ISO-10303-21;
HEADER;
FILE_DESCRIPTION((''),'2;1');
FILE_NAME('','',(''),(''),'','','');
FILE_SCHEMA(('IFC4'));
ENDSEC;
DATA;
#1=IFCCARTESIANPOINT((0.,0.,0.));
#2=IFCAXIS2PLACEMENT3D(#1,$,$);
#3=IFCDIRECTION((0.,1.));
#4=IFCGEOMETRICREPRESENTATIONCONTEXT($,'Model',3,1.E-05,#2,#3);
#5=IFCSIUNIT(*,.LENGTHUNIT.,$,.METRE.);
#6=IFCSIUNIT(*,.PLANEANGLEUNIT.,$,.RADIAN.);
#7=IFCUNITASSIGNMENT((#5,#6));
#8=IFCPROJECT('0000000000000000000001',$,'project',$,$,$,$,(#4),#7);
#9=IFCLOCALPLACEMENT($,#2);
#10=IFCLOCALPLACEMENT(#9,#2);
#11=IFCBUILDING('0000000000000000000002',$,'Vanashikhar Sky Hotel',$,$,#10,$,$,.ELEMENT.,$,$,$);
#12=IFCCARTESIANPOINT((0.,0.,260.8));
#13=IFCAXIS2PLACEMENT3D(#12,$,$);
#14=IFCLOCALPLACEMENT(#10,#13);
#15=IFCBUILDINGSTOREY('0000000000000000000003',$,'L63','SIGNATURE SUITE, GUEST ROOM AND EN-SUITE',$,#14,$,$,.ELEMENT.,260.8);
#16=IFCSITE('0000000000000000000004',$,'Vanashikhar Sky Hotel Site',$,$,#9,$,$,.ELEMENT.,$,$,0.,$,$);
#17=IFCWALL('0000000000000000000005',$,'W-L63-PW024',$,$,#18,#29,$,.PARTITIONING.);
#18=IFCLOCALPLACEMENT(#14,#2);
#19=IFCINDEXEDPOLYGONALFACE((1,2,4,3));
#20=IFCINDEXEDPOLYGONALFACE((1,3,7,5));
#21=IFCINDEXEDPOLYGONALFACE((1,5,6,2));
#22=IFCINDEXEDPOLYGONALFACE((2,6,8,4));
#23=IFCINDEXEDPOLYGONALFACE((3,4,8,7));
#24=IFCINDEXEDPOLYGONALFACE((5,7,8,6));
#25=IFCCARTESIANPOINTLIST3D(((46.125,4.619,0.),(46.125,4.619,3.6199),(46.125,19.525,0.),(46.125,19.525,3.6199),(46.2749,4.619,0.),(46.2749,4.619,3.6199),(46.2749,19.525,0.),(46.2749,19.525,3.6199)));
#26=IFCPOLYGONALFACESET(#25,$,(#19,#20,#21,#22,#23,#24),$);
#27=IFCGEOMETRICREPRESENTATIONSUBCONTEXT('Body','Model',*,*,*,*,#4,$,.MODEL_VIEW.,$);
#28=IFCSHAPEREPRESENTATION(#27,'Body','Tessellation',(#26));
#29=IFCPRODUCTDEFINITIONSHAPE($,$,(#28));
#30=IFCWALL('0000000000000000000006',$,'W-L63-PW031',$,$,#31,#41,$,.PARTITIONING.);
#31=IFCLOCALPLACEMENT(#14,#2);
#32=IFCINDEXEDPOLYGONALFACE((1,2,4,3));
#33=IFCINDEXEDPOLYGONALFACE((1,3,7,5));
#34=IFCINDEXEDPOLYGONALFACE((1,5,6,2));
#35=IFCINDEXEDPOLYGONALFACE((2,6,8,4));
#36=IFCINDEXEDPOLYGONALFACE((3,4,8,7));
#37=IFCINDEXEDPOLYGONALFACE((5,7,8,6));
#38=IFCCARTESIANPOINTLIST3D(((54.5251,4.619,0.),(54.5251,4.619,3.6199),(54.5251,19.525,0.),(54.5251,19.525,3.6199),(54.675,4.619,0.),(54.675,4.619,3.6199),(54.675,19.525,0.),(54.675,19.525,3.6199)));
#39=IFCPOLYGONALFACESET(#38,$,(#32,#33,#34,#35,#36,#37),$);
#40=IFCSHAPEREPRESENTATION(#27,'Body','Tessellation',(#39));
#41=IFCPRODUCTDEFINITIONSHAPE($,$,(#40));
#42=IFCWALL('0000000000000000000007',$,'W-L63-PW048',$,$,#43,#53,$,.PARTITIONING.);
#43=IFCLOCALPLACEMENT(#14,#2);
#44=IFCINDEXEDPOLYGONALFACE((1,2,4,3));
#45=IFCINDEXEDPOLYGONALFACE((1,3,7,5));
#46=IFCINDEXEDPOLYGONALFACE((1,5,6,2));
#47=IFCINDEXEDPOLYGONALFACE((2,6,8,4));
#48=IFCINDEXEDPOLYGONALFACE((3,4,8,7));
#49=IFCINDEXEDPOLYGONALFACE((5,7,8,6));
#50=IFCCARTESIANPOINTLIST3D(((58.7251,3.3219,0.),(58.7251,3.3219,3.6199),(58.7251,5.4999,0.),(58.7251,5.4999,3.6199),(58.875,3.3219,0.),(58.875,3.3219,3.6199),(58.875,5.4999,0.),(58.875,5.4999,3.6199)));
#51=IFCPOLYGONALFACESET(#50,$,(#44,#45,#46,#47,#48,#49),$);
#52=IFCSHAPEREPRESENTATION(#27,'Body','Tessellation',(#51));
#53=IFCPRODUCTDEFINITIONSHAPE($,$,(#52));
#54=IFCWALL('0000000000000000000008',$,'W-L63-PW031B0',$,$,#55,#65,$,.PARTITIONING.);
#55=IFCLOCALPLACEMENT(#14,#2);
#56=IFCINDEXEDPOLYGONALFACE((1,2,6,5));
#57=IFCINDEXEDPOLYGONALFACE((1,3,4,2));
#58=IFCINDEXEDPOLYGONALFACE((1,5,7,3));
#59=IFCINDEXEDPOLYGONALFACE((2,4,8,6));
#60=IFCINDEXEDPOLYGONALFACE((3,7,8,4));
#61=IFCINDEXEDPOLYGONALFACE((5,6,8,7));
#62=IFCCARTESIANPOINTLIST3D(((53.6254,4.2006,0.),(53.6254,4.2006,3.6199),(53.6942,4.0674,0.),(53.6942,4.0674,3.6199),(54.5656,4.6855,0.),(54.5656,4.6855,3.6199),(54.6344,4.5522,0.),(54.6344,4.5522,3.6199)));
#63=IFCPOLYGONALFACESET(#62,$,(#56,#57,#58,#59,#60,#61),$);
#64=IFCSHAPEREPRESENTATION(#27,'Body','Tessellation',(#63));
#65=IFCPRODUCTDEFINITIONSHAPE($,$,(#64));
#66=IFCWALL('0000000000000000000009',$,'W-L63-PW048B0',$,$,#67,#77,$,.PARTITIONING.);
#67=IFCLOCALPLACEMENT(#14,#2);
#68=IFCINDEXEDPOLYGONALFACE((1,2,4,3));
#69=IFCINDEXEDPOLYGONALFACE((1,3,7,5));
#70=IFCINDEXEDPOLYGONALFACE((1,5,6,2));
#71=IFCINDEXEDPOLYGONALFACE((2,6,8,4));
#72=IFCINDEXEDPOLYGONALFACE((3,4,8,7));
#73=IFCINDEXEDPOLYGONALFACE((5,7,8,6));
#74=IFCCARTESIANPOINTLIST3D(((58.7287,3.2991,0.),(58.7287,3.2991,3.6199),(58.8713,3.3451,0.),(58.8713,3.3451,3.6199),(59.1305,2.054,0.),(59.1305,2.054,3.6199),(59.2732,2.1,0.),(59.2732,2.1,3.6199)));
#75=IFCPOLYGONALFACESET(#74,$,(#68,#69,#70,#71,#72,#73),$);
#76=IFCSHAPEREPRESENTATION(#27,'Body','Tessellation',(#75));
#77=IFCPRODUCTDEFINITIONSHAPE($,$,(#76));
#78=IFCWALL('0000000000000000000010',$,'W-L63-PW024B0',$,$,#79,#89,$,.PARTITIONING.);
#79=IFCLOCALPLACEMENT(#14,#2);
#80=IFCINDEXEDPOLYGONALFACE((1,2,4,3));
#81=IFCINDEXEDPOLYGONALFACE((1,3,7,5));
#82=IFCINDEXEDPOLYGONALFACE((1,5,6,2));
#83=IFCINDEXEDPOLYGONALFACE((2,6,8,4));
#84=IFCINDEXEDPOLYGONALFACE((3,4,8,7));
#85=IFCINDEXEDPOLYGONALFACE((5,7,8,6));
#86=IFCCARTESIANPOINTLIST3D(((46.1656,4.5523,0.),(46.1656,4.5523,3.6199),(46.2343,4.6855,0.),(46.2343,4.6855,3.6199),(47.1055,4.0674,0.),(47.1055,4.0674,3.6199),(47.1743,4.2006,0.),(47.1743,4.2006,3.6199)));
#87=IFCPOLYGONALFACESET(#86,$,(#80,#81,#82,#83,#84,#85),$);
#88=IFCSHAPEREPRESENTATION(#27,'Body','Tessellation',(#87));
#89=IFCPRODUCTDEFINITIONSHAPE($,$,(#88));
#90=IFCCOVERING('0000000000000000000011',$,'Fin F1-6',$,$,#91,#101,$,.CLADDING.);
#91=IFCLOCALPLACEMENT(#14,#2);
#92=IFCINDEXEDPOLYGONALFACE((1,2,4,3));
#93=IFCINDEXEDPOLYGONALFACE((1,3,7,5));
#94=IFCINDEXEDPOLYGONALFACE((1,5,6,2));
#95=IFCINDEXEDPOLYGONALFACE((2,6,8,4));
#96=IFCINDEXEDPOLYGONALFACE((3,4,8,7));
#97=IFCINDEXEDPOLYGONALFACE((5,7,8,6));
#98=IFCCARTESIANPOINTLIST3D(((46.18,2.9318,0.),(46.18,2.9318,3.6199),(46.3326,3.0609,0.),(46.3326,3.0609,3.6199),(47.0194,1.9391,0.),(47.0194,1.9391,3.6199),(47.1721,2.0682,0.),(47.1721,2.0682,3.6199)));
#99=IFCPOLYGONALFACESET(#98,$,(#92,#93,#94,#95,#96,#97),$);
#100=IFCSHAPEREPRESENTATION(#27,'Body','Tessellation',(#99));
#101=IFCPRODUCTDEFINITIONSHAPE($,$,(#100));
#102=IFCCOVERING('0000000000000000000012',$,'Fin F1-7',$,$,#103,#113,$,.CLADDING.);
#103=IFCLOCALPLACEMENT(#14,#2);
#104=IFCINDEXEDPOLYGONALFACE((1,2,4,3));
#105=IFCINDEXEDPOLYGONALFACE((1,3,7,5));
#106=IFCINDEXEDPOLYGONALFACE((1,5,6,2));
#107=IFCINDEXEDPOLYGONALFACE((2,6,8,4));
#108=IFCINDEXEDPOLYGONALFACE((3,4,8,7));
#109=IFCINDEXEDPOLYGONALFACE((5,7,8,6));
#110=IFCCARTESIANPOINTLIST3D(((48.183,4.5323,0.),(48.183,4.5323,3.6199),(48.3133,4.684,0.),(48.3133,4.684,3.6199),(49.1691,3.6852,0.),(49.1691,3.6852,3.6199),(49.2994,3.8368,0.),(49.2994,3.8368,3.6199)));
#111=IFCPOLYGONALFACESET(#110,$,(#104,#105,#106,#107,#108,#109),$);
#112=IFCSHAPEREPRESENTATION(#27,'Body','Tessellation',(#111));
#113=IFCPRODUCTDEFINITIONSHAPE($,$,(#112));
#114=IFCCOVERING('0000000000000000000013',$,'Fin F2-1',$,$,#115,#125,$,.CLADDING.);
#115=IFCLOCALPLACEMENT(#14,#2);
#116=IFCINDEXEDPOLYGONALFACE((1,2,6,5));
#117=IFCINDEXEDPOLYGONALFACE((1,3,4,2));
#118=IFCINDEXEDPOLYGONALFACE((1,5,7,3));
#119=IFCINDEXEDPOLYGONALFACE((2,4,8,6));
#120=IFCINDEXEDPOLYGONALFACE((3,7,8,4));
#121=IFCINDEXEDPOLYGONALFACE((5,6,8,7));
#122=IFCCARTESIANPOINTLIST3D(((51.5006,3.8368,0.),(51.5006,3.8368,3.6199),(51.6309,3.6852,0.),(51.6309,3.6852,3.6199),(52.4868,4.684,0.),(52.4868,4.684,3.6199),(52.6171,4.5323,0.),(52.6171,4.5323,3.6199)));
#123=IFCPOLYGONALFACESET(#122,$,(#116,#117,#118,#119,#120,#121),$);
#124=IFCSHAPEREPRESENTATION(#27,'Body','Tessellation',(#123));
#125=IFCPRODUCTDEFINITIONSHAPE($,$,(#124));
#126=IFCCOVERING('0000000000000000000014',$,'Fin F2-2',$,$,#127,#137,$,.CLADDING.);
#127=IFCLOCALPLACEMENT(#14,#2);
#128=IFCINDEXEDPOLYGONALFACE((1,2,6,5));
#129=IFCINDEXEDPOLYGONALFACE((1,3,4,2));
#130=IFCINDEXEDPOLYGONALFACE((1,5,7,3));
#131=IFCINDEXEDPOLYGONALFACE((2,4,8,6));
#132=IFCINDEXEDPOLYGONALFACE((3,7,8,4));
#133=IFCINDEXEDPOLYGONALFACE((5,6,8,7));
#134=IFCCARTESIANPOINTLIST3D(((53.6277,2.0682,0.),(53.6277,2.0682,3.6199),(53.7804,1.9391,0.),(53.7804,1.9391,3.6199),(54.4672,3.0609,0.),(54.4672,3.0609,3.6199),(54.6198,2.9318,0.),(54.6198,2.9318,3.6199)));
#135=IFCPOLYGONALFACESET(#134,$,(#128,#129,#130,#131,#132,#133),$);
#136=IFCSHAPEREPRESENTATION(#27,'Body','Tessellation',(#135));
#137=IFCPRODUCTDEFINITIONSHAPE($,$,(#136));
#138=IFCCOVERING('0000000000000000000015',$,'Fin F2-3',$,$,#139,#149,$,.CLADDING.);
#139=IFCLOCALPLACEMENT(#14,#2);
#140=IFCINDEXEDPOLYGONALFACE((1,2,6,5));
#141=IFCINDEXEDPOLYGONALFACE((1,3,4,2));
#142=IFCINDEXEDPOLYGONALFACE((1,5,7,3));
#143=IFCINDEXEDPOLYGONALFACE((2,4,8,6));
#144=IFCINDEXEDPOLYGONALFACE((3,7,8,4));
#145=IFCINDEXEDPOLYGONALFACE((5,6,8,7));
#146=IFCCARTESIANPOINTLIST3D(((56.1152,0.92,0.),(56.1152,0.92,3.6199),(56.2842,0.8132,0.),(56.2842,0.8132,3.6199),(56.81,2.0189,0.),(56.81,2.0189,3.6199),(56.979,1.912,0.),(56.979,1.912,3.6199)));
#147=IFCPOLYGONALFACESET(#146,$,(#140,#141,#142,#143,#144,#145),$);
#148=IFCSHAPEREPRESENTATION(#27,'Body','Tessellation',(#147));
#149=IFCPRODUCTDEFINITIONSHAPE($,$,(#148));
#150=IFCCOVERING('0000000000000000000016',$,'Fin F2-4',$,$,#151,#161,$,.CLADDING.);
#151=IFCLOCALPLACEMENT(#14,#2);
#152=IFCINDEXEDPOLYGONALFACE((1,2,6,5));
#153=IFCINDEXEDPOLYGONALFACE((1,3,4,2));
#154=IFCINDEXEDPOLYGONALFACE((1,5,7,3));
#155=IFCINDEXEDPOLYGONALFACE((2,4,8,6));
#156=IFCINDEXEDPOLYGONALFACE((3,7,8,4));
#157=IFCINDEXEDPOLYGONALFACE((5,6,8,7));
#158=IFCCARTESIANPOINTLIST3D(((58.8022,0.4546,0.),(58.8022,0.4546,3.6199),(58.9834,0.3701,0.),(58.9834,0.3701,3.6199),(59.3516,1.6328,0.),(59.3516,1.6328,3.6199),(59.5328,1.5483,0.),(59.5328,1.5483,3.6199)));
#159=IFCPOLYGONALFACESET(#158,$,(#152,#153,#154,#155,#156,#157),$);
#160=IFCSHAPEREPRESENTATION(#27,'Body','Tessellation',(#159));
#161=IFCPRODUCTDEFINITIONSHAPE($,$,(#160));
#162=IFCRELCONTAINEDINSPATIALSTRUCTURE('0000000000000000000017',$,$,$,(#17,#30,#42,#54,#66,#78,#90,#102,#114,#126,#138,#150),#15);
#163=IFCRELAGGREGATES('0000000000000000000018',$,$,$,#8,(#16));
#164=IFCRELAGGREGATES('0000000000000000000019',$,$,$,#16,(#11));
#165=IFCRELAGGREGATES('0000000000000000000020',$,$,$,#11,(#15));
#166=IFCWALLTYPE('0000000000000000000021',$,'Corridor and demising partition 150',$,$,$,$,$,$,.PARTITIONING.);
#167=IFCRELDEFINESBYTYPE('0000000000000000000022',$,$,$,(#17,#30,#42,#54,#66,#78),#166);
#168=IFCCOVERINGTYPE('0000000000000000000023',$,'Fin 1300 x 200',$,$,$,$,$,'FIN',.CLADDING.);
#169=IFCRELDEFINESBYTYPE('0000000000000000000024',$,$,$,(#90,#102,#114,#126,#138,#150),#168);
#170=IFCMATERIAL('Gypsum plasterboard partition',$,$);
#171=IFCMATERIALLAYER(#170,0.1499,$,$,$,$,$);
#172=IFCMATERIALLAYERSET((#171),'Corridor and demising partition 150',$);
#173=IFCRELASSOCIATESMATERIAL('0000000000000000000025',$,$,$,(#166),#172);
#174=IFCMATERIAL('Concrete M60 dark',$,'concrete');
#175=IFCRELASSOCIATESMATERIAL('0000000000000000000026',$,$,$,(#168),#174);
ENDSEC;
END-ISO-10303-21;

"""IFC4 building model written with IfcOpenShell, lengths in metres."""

from ifc_helpers import new_model, si_unit, direction, frame, frame_2d, origin, origin_2d, place, context, subcontext, project, spatial, rectangle, extrude, source, transform, mapped, material, layer, layer_set, material_profile, profile_set, type_object, element, save


model = new_model("IFC4")

# Units and contexts
model_context = context("Model", 3, precision=1e-05, world=origin(), true_north=direction((0.0, 1.0)))
body_context = subcontext(model_context, "Body", "Model", "MODEL_VIEW")
ifc_project = project(units=[si_unit("LENGTHUNIT", "METRE"), si_unit("PLANEANGLEUNIT", "RADIAN")], contexts=[model_context])

# Site, building, storey
site_placement = place(None, origin())
site = spatial("IfcSite", under=ifc_project, at=site_placement, Name="Vanashikhar Sky Hotel Site", CompositionType="ELEMENT", RefElevation=0.0)
building_placement = place(site_placement, origin())
building = spatial("IfcBuilding", under=site, at=building_placement, Name="Vanashikhar Sky Hotel", CompositionType="ELEMENT")
storey_placement = place(building_placement, frame((0.0, 0.0, 260.8)))
storey = spatial("IfcBuildingStorey", under=building, at=storey_placement, Name="L63", Description="SIGNATURE SUITE, GUEST ROOM AND EN-SUITE", CompositionType="ELEMENT", Elevation=260.8)

# Walls
ifc_material_1 = material(Name="Gypsum plasterboard partition")
ifc_layer_1 = layer(ifc_material_1, 0.1499)
ifc_layer_set_1 = layer_set([ifc_layer_1], Name="Corridor and demising partition 150")
wall_type_1 = type_object("IfcWallType", Name="Corridor and demising partition 150", PredefinedType="PARTITIONING", material=ifc_layer_set_1)
shared_shape_1 = source(origin(), body_context, "Body", "SweptSolid", [
    extrude(rectangle(XDim=14.906, YDim=0.1499, at=frame_2d((7.4531, 0.0))), origin(), (0.0, 0.0, 1.0), 3.6199),
])
for number, where, z_axis, x_axis, name in (
    (1, (46.2, 4.6189, 0.0), (0.0, 0.0, 1.0), (0.0, 1.0, 0.0), "W-L63-PW024"),
    (2, (54.6001, 4.6189, 0.0), (0.0, 0.0, 1.0), (0.0, 1.0, 0.0), "W-L63-PW031"),
):
    element("IfcWall", number, at=place(storey_placement, frame(where, z_axis=z_axis, x_axis=x_axis)), inside=storey, type_object=wall_type_1, Name=name, PredefinedType="PARTITIONING", context=body_context, shape_type="MappedRepresentation", body=[
        mapped(shared_shape_1, transform((0.0, 0.0, 0.0), scale=1.0)),
    ])
shared_shape_2 = source(origin(), body_context, "Body", "SweptSolid", [
    extrude(rectangle(XDim=2.178, YDim=0.1499, at=frame_2d((1.0889, 0.0))), origin(), (0.0, 0.0, 1.0), 3.6199),
])
wall_1_placement = place(storey_placement, frame((58.8, 3.322, 0.0), z_axis=(0.0, 0.0, 1.0), x_axis=(0.0, 1.0, 0.0)))
element("IfcWall", 3, at=wall_1_placement, inside=storey, type_object=wall_type_1, Name="W-L63-PW048", PredefinedType="PARTITIONING", context=body_context, shape_type="MappedRepresentation", body=[
    mapped(shared_shape_2, transform((0.0, 0.0, 0.0), scale=1.0)),
])
shared_shape_3 = source(origin(), body_context, "Body", "SweptSolid", [
    extrude(rectangle(XDim=1.0579, YDim=0.1499, at=frame_2d((0.5288, 0.0))), origin(), (0.0, 0.0, 1.0), 3.6199),
])
wall_2_placement = place(storey_placement, frame((53.6599, 4.134, 0.0), z_axis=(0.0, 0.0, 1.0), x_axis=(0.888772, 0.458349, 0.0)))
element("IfcWall", 4, at=wall_2_placement, inside=storey, type_object=wall_type_1, Name="W-L63-PW031B0", PredefinedType="PARTITIONING", context=body_context, shape_type="MappedRepresentation", body=[
    mapped(shared_shape_3, transform((0.0, 0.0, 0.0), scale=1.0)),
])
shared_shape_4 = source(origin(), body_context, "Body", "SweptSolid", [
    extrude(rectangle(XDim=1.3083, YDim=0.1499, at=frame_2d((0.6543, 0.0))), origin(), (0.0, 0.0, 1.0), 3.6199),
])
wall_3_placement = place(storey_placement, frame((59.2019, 2.0769, 0.0), z_axis=(0.0, 0.0, 1.0), x_axis=(-0.307145, 0.951663, 0.0)))
element("IfcWall", 5, at=wall_3_placement, inside=storey, type_object=wall_type_1, Name="W-L63-PW048B0", PredefinedType="PARTITIONING", context=body_context, shape_type="MappedRepresentation", body=[
    mapped(shared_shape_4, transform((0.0, 0.0, 0.0), scale=1.0)),
])
shared_shape_5 = source(origin(), body_context, "Body", "SweptSolid", [
    extrude(rectangle(XDim=1.0576, YDim=0.1499, at=frame_2d((0.5288, 0.0))), origin(), (0.0, 0.0, 1.0), 3.6199),
])
wall_4_placement = place(storey_placement, frame((47.1399, 4.134, 0.0), z_axis=(0.0, 0.0, 1.0), x_axis=(-0.888724, 0.458443, 0.0)))
element("IfcWall", 6, at=wall_4_placement, inside=storey, type_object=wall_type_1, Name="W-L63-PW024B0", PredefinedType="PARTITIONING", context=body_context, shape_type="MappedRepresentation", body=[
    mapped(shared_shape_5, transform((0.0, 0.0, 0.0), scale=1.0)),
])

# Coverings
ifc_material_2 = material(Name="Concrete M60 dark", Category="concrete")
ifc_material_profile = material_profile(ifc_material_2, rectangle(XDim=1.3, YDim=0.2, at=origin_2d()))
ifc_profile_set = profile_set([ifc_material_profile], Name="Fin 1300 x 200")
covering_type = type_object("IfcCoveringType", Name="Fin 1300 x 200", ElementType="FIN", PredefinedType="CLADDING", material=ifc_profile_set)
shared_shape_6 = source(origin(), body_context, "Body", "SweptSolid", [
    extrude(rectangle(XDim=1.3, YDim=0.2, at=origin_2d()), origin(), (0.0, 0.0, 1.0), 3.6199),
])
for number, where, z_axis, x_axis, name in (
    (7, (46.676, 2.5, 0.0), (0.0, 0.0, 1.0), (0.645698, -0.763593, 0.0), "Fin F1-6"),
    (8, (48.7412, 4.1846, 0.0), (0.0, 0.0, 1.0), (0.758544, -0.651622, 0.0), "Fin F1-7"),
    (9, (52.0588, 4.1846, 0.0), (0.0, 0.0, 1.0), (-0.758544, -0.651622, 0.0), "Fin F2-1"),
    (10, (54.1238, 2.5, 0.0), (0.0, 0.0, 1.0), (-0.645698, -0.763593, 0.0), "Fin F2-2"),
    (11, (56.5471, 1.416, 0.0), (0.0, 0.0, 1.0), (-0.534411, -0.845225, 0.0), "Fin F2-3"),
    (12, (59.1675, 1.0015, 0.0), (0.0, 0.0, 1.0), (-0.422618, -0.906308, 0.0), "Fin F2-4"),
):
    element("IfcCovering", number, at=place(storey_placement, frame(where, z_axis=z_axis, x_axis=x_axis)), inside=storey, type_object=covering_type, Name=name, PredefinedType="CLADDING", context=body_context, shape_type="MappedRepresentation", body=[
        mapped(shared_shape_6, transform((0.0, 0.0, 0.0), scale=1.0)),
    ])

save(model, "model.ifc")
